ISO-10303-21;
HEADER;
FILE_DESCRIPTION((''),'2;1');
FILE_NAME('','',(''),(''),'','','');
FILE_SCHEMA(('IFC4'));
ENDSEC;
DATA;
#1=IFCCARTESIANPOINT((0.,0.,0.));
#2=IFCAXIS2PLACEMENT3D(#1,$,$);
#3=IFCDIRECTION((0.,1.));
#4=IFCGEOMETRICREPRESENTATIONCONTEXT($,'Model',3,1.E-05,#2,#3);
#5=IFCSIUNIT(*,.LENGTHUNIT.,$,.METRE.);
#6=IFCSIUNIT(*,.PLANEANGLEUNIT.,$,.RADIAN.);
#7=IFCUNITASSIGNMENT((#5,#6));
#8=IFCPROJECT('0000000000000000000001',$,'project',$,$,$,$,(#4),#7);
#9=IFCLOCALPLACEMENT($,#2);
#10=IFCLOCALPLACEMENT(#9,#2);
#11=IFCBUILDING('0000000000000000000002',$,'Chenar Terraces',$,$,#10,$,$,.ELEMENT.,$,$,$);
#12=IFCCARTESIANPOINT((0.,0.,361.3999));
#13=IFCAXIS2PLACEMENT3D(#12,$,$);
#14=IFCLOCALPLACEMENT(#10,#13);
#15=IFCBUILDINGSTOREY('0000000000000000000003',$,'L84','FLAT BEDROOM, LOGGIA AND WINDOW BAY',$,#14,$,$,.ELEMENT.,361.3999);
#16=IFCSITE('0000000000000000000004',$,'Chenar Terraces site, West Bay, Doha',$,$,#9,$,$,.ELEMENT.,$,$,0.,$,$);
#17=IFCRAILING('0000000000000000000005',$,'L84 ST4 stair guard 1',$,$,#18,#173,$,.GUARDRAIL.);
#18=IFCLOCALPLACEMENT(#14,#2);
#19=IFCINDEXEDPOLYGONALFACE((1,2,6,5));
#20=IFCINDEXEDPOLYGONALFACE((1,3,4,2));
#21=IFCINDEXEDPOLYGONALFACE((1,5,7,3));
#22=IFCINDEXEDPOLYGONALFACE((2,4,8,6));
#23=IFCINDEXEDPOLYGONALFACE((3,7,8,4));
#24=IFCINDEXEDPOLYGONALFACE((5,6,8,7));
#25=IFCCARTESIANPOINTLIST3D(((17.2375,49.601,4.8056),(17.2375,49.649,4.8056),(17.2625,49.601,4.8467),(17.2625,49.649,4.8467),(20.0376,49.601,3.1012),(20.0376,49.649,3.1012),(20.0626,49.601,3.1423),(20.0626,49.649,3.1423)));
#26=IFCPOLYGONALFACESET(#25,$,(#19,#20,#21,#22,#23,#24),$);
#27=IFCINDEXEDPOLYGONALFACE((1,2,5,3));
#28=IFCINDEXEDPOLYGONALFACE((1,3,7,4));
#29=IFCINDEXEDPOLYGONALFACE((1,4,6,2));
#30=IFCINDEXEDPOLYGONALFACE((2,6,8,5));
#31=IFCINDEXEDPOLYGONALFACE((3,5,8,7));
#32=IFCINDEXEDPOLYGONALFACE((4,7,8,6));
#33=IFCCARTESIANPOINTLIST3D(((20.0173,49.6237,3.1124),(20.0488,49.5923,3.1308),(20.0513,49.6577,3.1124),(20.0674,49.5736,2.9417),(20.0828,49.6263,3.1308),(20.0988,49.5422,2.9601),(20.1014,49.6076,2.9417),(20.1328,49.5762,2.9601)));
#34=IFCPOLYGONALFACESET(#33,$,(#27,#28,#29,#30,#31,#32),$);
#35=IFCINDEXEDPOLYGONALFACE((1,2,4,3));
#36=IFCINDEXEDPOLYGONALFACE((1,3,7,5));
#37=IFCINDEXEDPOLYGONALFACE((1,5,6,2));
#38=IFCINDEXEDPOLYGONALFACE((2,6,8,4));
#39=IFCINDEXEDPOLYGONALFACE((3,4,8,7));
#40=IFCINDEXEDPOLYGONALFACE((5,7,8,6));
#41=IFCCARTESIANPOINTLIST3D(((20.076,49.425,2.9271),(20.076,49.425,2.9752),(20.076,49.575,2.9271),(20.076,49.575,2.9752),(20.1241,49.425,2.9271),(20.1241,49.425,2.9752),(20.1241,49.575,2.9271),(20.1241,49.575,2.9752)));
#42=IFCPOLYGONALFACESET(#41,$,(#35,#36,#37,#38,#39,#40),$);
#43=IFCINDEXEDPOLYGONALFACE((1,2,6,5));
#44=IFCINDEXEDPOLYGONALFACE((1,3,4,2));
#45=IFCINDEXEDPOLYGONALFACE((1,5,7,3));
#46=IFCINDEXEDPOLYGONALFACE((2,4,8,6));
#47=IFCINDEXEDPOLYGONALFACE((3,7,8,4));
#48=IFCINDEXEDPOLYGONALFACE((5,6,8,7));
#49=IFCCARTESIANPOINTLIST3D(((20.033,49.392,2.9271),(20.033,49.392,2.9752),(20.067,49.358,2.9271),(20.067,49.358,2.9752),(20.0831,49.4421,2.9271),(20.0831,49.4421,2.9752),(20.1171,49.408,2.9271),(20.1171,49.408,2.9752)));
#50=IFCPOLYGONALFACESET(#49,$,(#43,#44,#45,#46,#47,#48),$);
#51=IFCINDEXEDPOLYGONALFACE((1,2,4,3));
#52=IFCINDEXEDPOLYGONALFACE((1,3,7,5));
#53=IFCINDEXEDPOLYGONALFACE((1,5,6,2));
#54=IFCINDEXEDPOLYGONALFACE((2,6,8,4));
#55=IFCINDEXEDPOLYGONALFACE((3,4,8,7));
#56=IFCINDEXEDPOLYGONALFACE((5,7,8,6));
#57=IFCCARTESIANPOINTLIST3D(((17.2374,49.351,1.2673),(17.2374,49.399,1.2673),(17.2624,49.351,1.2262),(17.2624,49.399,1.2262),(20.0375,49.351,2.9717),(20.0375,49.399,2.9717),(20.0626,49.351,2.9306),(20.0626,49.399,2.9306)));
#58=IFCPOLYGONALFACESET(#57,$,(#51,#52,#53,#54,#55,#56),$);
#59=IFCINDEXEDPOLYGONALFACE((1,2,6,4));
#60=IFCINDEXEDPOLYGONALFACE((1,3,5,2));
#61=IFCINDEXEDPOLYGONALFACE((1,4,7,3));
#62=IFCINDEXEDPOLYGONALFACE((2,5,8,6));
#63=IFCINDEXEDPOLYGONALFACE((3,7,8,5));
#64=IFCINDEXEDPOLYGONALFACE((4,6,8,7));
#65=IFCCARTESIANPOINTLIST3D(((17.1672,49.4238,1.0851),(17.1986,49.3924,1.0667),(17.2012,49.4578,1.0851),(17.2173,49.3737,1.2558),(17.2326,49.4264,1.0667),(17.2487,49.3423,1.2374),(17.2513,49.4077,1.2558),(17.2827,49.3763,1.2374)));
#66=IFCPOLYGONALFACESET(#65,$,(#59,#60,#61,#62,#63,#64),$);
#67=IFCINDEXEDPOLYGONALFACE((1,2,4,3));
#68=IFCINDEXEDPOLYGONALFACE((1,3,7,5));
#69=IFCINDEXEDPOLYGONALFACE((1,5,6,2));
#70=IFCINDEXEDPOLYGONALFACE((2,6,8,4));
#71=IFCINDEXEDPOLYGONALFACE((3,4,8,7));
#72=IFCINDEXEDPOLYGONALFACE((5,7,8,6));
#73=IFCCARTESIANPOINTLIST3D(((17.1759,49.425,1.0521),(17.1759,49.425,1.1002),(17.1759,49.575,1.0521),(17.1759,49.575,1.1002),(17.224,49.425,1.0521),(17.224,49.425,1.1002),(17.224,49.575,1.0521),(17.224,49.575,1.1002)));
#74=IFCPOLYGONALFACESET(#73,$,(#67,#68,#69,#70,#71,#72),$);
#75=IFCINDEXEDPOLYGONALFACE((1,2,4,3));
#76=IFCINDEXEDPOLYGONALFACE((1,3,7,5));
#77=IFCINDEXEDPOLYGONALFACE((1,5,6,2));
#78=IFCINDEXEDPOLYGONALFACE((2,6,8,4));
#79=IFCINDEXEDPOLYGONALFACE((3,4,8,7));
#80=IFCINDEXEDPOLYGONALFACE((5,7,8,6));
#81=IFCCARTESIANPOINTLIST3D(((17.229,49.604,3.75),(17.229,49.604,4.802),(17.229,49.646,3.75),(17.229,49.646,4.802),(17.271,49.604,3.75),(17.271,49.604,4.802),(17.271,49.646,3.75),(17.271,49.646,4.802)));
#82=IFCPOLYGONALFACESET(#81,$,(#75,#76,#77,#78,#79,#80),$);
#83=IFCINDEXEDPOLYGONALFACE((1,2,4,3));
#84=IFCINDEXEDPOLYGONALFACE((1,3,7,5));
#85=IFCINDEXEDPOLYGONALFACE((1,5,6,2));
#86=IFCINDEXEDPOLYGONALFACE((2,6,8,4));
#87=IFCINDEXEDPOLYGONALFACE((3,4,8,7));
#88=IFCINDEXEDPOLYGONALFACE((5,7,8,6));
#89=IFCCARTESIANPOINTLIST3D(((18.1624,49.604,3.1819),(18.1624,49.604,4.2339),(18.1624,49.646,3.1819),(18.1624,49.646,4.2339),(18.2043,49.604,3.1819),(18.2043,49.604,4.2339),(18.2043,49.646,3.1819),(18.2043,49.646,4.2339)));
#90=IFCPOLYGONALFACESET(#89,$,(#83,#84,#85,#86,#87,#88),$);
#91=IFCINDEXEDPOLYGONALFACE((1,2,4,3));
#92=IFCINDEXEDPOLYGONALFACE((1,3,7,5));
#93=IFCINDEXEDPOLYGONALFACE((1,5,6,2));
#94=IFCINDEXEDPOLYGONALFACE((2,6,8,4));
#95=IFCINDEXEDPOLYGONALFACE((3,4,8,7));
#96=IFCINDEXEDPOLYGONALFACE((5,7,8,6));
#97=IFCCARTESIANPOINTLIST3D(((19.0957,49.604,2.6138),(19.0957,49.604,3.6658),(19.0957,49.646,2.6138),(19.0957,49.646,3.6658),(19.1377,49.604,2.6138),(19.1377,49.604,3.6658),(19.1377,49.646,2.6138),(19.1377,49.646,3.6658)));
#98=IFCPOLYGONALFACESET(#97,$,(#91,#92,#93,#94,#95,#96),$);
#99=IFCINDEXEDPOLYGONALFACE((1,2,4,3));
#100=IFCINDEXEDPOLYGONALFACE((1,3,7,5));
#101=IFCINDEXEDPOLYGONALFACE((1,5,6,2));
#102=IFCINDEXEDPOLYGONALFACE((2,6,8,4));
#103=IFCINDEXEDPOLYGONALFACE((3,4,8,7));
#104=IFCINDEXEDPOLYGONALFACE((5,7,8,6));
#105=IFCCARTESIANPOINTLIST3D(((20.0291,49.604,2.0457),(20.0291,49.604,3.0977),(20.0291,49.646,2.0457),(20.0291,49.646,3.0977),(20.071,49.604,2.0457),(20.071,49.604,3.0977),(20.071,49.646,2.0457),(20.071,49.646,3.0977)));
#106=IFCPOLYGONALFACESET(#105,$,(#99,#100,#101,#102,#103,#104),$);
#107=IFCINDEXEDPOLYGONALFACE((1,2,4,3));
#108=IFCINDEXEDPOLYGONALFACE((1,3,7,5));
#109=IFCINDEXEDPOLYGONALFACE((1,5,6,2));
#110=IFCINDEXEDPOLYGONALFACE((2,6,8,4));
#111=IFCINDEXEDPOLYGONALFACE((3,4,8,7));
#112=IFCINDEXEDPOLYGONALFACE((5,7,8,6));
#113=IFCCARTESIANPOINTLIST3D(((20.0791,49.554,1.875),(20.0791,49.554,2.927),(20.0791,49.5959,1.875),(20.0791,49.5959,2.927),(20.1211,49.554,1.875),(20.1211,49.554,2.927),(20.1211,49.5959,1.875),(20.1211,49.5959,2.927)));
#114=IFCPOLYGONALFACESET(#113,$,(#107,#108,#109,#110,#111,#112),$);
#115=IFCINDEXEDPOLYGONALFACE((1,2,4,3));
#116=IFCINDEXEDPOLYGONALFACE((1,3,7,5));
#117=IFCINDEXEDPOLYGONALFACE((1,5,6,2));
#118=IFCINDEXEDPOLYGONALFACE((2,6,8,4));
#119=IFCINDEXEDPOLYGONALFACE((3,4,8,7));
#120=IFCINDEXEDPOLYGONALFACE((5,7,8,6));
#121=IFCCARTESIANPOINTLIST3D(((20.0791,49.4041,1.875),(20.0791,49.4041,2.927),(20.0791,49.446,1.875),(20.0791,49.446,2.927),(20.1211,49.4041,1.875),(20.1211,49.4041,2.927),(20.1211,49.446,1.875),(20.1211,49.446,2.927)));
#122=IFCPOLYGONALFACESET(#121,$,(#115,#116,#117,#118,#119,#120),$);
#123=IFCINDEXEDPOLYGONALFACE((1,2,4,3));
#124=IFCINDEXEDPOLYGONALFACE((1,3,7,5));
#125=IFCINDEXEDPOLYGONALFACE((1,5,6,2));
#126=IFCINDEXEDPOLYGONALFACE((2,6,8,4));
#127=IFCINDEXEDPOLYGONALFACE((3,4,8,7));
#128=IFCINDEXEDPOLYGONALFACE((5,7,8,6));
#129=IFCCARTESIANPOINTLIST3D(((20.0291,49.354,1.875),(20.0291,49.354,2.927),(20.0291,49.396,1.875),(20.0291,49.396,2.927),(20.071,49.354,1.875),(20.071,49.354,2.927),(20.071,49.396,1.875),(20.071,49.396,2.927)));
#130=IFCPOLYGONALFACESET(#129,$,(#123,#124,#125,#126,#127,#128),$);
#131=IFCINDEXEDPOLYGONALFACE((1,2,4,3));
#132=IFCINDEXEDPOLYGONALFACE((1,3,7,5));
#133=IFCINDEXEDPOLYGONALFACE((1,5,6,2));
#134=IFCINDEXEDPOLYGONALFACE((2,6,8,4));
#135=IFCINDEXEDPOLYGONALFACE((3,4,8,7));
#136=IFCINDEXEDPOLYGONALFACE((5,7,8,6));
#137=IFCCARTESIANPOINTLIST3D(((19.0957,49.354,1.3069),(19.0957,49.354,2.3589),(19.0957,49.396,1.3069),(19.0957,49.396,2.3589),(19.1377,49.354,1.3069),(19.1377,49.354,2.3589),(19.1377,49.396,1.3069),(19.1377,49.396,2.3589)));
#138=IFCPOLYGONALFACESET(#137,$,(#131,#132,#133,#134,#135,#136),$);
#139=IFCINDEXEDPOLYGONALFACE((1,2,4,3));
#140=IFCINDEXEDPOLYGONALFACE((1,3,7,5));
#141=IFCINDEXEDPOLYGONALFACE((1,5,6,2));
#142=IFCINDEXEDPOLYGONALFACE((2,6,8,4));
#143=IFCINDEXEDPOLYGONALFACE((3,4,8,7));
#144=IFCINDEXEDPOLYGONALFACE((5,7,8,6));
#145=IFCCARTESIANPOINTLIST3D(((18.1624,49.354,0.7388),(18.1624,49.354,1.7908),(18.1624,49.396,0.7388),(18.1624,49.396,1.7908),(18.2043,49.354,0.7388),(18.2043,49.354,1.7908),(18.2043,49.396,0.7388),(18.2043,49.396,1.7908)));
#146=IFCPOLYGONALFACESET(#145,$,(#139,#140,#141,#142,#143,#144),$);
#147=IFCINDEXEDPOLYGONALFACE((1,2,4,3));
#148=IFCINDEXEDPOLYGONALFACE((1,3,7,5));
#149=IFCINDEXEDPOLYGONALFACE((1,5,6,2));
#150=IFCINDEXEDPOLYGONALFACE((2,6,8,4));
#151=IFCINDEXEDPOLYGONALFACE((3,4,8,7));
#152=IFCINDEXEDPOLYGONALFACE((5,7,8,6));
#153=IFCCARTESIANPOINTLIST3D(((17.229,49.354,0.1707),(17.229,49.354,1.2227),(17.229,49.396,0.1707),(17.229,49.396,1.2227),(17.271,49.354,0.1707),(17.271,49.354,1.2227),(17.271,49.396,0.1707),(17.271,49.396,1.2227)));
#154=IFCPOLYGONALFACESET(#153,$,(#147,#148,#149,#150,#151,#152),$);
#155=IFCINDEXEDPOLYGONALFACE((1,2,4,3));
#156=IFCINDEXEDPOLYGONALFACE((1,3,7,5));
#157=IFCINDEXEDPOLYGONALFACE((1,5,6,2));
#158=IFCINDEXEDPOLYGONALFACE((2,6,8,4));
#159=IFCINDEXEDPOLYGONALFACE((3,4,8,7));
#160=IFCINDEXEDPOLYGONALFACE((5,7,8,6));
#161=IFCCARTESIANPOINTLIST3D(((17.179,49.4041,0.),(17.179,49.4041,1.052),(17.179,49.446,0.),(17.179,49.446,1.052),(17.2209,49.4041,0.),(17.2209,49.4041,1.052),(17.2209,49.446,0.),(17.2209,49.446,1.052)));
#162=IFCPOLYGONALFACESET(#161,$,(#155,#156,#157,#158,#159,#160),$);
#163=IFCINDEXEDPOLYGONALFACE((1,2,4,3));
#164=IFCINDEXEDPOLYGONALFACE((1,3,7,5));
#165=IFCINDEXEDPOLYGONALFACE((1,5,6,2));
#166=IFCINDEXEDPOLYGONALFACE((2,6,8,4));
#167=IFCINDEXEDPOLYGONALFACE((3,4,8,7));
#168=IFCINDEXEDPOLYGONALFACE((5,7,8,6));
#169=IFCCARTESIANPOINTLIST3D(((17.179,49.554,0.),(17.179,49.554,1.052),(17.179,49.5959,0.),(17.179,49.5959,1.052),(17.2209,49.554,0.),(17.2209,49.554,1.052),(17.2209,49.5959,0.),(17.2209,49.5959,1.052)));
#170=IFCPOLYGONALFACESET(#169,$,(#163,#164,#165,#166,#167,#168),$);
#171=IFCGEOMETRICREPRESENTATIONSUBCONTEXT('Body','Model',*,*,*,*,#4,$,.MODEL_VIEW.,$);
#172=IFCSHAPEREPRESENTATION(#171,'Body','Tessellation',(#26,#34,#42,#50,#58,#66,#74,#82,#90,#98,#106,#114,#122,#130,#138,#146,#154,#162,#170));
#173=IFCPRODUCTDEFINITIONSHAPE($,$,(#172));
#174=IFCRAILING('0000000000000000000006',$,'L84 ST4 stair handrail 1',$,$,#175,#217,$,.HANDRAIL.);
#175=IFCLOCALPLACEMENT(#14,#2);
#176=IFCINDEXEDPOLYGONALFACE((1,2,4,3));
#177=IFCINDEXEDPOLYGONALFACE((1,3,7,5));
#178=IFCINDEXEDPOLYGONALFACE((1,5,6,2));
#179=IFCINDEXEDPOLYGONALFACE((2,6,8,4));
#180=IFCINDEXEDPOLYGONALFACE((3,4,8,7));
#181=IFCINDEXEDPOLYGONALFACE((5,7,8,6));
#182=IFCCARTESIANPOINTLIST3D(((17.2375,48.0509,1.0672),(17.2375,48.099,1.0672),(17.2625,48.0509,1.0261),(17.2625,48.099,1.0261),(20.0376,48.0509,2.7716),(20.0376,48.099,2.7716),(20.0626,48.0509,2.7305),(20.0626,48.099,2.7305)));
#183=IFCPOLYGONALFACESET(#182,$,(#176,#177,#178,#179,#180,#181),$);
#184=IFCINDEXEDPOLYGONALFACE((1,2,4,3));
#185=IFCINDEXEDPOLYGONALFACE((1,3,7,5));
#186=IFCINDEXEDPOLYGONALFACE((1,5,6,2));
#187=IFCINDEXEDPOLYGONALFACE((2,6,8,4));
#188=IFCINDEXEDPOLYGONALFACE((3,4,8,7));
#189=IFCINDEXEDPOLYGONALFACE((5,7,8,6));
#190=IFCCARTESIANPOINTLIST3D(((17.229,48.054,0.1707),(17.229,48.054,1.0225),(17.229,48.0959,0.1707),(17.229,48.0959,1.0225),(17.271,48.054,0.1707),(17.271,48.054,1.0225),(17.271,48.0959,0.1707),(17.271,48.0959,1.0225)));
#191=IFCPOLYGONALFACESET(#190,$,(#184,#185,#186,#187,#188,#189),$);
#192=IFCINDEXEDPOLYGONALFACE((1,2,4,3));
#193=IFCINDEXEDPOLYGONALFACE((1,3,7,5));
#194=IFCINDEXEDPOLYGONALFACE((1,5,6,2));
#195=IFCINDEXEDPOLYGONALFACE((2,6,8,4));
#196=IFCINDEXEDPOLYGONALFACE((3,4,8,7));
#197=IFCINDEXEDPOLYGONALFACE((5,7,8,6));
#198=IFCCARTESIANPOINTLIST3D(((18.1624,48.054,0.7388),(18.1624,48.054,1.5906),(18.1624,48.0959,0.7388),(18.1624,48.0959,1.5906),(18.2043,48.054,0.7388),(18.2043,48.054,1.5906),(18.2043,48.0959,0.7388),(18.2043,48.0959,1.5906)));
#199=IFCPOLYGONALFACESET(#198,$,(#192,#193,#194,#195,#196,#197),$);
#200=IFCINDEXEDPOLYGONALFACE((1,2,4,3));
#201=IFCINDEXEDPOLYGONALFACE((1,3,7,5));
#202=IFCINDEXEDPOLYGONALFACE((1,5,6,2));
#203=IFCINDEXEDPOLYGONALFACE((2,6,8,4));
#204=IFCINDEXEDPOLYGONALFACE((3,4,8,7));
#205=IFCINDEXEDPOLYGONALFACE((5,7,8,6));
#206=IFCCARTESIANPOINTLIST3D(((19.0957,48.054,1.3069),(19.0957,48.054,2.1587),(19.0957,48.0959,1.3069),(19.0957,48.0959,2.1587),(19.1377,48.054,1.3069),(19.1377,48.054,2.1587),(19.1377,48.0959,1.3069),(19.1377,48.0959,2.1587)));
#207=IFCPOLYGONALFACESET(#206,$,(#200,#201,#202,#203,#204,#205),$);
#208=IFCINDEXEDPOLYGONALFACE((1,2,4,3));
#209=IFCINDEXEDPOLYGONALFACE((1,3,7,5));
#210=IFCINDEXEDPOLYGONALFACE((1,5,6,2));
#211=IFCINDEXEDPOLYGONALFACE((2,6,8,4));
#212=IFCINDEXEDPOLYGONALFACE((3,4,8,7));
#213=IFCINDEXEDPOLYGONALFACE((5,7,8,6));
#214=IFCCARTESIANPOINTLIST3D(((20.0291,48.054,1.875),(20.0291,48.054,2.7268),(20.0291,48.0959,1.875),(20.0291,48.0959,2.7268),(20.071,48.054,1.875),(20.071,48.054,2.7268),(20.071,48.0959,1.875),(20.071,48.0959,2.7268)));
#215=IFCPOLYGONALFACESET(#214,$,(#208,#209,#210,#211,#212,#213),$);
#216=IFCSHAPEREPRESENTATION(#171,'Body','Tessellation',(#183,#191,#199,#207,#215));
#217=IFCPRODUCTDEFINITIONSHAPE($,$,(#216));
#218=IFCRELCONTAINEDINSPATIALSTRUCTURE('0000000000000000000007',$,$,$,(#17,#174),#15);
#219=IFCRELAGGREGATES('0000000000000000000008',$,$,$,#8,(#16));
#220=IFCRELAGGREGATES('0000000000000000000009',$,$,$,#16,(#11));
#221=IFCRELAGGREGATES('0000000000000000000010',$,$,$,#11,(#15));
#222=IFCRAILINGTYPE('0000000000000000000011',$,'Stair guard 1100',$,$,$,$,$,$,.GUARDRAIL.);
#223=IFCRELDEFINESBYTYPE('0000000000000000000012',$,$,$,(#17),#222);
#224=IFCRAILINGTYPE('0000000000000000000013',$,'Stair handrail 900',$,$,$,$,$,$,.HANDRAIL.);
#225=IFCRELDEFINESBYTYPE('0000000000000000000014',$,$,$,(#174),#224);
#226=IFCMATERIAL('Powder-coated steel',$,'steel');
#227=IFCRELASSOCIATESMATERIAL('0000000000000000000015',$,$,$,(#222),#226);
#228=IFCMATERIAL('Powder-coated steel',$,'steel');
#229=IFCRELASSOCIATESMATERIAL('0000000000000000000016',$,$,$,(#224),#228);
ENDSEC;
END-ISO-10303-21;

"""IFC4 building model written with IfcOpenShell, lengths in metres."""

from ifc_helpers import new_model, si_unit, direction, frame, origin, origin_2d, place, context, subcontext, project, spatial, rectangle, extrude, material, type_object, element, save


model = new_model("IFC4")

# Units and contexts
model_context = context("Model", 3, precision=1e-05, world=origin(), true_north=direction((0.0, 1.0)))
body_context = subcontext(model_context, "Body", "Model", "MODEL_VIEW")
ifc_project = project(units=[si_unit("LENGTHUNIT", "METRE"), si_unit("PLANEANGLEUNIT", "RADIAN")], contexts=[model_context])

# Site, building, storey
site_placement = place(None, origin())
site = spatial("IfcSite", under=ifc_project, at=site_placement, Name="Chenar Terraces site, West Bay, Doha", CompositionType="ELEMENT", RefElevation=0.0)
building_placement = place(site_placement, origin())
building = spatial("IfcBuilding", under=site, at=building_placement, Name="Chenar Terraces", CompositionType="ELEMENT")
storey_placement = place(building_placement, frame((0.0, 0.0, 361.3999)))
storey = spatial("IfcBuildingStorey", under=building, at=storey_placement, Name="L84", Description="FLAT BEDROOM, LOGGIA AND WINDOW BAY", CompositionType="ELEMENT", Elevation=361.3999)

# Railings
ifc_material_1 = material(Name="Powder-coated steel", Category="steel")
railing_type_1 = type_object("IfcRailingType", Name="Stair guard 1100", PredefinedType="GUARDRAIL", material=ifc_material_1)
railing_1_placement = place(storey_placement, frame((17.25, 49.625, 3.75)))
element("IfcRailing", 1, at=railing_1_placement, inside=storey, type_object=railing_type_1, Name="L84 ST4 stair guard 1", PredefinedType="GUARDRAIL", context=body_context, shape_type="SweptSolid", body=[
    extrude(rectangle(XDim=0.0481, YDim=0.0481, at=origin_2d()), frame((0.0, 0.0, 1.0762), z_axis=(0.854203, 0.0, -0.51994), x_axis=(0.0, 1.0, 0.0)), (0.0, 0.0, 1.0), 3.2781),
    extrude(rectangle(XDim=0.0481, YDim=0.0481, at=origin_2d()), frame((2.8, 0.0, -0.6284), z_axis=(0.2709, -0.2709, -0.923703), x_axis=(0.707107, 0.707107, 0.0)), (0.0, 0.0, 1.0), 0.1848),
    extrude(rectangle(XDim=0.0481, YDim=0.0481, at=origin_2d()), frame((2.8501, -0.05, -0.7988), z_axis=(0.0, -1.0, 0.0), x_axis=(1.0, 0.0, 0.0)), (0.0, 0.0, 1.0), 0.1499),
    extrude(rectangle(XDim=0.0481, YDim=0.0481, at=origin_2d()), frame((2.8501, -0.2, -0.7988), z_axis=(-0.707107, -0.707107, 0.0), x_axis=(0.707107, -0.707107, 0.0)), (0.0, 0.0, 1.0), 0.0708),
    extrude(rectangle(XDim=0.0481, YDim=0.0481, at=origin_2d()), frame((2.8, -0.25, -0.7988), z_axis=(-0.854203, 0.0, -0.51994), x_axis=(0.0, -1.0, 0.0)), (0.0, 0.0, 1.0), 3.2781),
    extrude(rectangle(XDim=0.0481, YDim=0.0481, at=origin_2d()), frame((0.0, -0.25, -2.5034), z_axis=(-0.2709, 0.2709, -0.923703), x_axis=(-0.707107, -0.707107, 0.0)), (0.0, 0.0, 1.0), 0.1848),
    extrude(rectangle(XDim=0.0481, YDim=0.0481, at=origin_2d()), frame((-0.05, -0.2, -2.6738), z_axis=(0.0, 1.0, 0.0), x_axis=(-1.0, 0.0, 0.0)), (0.0, 0.0, 1.0), 0.1499),
    extrude(rectangle(XDim=0.042, YDim=0.042, at=origin_2d()), origin(), (0.0, 0.0, 1.0), 1.052),
    extrude(rectangle(XDim=0.042, YDim=0.042, at=origin_2d()), frame((0.9333, 0.0, -0.5681)), (0.0, 0.0, 1.0), 1.052),
    extrude(rectangle(XDim=0.042, YDim=0.042, at=origin_2d()), frame((1.8667, 0.0, -1.1362)), (0.0, 0.0, 1.0), 1.052),
    extrude(rectangle(XDim=0.042, YDim=0.042, at=origin_2d()), frame((2.8, 0.0, -1.7043)), (0.0, 0.0, 1.0), 1.052),
    extrude(rectangle(XDim=0.042, YDim=0.042, at=origin_2d()), frame((2.8501, -0.05, -1.875)), (0.0, 0.0, 1.0), 1.052),
    extrude(rectangle(XDim=0.042, YDim=0.042, at=origin_2d()), frame((2.8501, -0.2, -1.875)), (0.0, 0.0, 1.0), 1.052),
    extrude(rectangle(XDim=0.042, YDim=0.042, at=origin_2d()), frame((2.8, -0.25, -1.875)), (0.0, 0.0, 1.0), 1.052),
    extrude(rectangle(XDim=0.042, YDim=0.042, at=origin_2d()), frame((1.8667, -0.25, -2.4431)), (0.0, 0.0, 1.0), 1.052),
    extrude(rectangle(XDim=0.042, YDim=0.042, at=origin_2d()), frame((0.9333, -0.25, -3.0112)), (0.0, 0.0, 1.0), 1.052),
    extrude(rectangle(XDim=0.042, YDim=0.042, at=origin_2d()), frame((0.0, -0.25, -3.5793)), (0.0, 0.0, 1.0), 1.052),
    extrude(rectangle(XDim=0.042, YDim=0.042, at=origin_2d()), frame((-0.05, -0.2, -3.75)), (0.0, 0.0, 1.0), 1.052),
    extrude(rectangle(XDim=0.042, YDim=0.042, at=origin_2d()), frame((-0.05, -0.05, -3.75)), (0.0, 0.0, 1.0), 1.052),
])
ifc_material_2 = material(Name="Powder-coated steel", Category="steel")
railing_type_2 = type_object("IfcRailingType", Name="Stair handrail 900", PredefinedType="HANDRAIL", material=ifc_material_2)
railing_2_placement = place(storey_placement, frame((17.25, 48.075, 0.1707)))
element("IfcRailing", 2, at=railing_2_placement, inside=storey, type_object=railing_type_2, Name="L84 ST4 stair handrail 1", PredefinedType="HANDRAIL", context=body_context, shape_type="SweptSolid", body=[
    extrude(rectangle(XDim=0.0481, YDim=0.0481, at=origin_2d()), frame((0.0, 0.0, 0.876), z_axis=(0.854203, 0.0, 0.51994), x_axis=(0.0, 1.0, 0.0)), (0.0, 0.0, 1.0), 3.2781),
    extrude(rectangle(XDim=0.042, YDim=0.042, at=origin_2d()), origin(), (0.0, 0.0, 1.0), 0.8518),
    extrude(rectangle(XDim=0.042, YDim=0.042, at=origin_2d()), frame((0.9333, 0.0, 0.5681)), (0.0, 0.0, 1.0), 0.8518),
    extrude(rectangle(XDim=0.042, YDim=0.042, at=origin_2d()), frame((1.8667, 0.0, 1.1362)), (0.0, 0.0, 1.0), 0.8518),
    extrude(rectangle(XDim=0.042, YDim=0.042, at=origin_2d()), frame((2.8, 0.0, 1.7043)), (0.0, 0.0, 1.0), 0.8518),
])

save(model, "model.ifc")
